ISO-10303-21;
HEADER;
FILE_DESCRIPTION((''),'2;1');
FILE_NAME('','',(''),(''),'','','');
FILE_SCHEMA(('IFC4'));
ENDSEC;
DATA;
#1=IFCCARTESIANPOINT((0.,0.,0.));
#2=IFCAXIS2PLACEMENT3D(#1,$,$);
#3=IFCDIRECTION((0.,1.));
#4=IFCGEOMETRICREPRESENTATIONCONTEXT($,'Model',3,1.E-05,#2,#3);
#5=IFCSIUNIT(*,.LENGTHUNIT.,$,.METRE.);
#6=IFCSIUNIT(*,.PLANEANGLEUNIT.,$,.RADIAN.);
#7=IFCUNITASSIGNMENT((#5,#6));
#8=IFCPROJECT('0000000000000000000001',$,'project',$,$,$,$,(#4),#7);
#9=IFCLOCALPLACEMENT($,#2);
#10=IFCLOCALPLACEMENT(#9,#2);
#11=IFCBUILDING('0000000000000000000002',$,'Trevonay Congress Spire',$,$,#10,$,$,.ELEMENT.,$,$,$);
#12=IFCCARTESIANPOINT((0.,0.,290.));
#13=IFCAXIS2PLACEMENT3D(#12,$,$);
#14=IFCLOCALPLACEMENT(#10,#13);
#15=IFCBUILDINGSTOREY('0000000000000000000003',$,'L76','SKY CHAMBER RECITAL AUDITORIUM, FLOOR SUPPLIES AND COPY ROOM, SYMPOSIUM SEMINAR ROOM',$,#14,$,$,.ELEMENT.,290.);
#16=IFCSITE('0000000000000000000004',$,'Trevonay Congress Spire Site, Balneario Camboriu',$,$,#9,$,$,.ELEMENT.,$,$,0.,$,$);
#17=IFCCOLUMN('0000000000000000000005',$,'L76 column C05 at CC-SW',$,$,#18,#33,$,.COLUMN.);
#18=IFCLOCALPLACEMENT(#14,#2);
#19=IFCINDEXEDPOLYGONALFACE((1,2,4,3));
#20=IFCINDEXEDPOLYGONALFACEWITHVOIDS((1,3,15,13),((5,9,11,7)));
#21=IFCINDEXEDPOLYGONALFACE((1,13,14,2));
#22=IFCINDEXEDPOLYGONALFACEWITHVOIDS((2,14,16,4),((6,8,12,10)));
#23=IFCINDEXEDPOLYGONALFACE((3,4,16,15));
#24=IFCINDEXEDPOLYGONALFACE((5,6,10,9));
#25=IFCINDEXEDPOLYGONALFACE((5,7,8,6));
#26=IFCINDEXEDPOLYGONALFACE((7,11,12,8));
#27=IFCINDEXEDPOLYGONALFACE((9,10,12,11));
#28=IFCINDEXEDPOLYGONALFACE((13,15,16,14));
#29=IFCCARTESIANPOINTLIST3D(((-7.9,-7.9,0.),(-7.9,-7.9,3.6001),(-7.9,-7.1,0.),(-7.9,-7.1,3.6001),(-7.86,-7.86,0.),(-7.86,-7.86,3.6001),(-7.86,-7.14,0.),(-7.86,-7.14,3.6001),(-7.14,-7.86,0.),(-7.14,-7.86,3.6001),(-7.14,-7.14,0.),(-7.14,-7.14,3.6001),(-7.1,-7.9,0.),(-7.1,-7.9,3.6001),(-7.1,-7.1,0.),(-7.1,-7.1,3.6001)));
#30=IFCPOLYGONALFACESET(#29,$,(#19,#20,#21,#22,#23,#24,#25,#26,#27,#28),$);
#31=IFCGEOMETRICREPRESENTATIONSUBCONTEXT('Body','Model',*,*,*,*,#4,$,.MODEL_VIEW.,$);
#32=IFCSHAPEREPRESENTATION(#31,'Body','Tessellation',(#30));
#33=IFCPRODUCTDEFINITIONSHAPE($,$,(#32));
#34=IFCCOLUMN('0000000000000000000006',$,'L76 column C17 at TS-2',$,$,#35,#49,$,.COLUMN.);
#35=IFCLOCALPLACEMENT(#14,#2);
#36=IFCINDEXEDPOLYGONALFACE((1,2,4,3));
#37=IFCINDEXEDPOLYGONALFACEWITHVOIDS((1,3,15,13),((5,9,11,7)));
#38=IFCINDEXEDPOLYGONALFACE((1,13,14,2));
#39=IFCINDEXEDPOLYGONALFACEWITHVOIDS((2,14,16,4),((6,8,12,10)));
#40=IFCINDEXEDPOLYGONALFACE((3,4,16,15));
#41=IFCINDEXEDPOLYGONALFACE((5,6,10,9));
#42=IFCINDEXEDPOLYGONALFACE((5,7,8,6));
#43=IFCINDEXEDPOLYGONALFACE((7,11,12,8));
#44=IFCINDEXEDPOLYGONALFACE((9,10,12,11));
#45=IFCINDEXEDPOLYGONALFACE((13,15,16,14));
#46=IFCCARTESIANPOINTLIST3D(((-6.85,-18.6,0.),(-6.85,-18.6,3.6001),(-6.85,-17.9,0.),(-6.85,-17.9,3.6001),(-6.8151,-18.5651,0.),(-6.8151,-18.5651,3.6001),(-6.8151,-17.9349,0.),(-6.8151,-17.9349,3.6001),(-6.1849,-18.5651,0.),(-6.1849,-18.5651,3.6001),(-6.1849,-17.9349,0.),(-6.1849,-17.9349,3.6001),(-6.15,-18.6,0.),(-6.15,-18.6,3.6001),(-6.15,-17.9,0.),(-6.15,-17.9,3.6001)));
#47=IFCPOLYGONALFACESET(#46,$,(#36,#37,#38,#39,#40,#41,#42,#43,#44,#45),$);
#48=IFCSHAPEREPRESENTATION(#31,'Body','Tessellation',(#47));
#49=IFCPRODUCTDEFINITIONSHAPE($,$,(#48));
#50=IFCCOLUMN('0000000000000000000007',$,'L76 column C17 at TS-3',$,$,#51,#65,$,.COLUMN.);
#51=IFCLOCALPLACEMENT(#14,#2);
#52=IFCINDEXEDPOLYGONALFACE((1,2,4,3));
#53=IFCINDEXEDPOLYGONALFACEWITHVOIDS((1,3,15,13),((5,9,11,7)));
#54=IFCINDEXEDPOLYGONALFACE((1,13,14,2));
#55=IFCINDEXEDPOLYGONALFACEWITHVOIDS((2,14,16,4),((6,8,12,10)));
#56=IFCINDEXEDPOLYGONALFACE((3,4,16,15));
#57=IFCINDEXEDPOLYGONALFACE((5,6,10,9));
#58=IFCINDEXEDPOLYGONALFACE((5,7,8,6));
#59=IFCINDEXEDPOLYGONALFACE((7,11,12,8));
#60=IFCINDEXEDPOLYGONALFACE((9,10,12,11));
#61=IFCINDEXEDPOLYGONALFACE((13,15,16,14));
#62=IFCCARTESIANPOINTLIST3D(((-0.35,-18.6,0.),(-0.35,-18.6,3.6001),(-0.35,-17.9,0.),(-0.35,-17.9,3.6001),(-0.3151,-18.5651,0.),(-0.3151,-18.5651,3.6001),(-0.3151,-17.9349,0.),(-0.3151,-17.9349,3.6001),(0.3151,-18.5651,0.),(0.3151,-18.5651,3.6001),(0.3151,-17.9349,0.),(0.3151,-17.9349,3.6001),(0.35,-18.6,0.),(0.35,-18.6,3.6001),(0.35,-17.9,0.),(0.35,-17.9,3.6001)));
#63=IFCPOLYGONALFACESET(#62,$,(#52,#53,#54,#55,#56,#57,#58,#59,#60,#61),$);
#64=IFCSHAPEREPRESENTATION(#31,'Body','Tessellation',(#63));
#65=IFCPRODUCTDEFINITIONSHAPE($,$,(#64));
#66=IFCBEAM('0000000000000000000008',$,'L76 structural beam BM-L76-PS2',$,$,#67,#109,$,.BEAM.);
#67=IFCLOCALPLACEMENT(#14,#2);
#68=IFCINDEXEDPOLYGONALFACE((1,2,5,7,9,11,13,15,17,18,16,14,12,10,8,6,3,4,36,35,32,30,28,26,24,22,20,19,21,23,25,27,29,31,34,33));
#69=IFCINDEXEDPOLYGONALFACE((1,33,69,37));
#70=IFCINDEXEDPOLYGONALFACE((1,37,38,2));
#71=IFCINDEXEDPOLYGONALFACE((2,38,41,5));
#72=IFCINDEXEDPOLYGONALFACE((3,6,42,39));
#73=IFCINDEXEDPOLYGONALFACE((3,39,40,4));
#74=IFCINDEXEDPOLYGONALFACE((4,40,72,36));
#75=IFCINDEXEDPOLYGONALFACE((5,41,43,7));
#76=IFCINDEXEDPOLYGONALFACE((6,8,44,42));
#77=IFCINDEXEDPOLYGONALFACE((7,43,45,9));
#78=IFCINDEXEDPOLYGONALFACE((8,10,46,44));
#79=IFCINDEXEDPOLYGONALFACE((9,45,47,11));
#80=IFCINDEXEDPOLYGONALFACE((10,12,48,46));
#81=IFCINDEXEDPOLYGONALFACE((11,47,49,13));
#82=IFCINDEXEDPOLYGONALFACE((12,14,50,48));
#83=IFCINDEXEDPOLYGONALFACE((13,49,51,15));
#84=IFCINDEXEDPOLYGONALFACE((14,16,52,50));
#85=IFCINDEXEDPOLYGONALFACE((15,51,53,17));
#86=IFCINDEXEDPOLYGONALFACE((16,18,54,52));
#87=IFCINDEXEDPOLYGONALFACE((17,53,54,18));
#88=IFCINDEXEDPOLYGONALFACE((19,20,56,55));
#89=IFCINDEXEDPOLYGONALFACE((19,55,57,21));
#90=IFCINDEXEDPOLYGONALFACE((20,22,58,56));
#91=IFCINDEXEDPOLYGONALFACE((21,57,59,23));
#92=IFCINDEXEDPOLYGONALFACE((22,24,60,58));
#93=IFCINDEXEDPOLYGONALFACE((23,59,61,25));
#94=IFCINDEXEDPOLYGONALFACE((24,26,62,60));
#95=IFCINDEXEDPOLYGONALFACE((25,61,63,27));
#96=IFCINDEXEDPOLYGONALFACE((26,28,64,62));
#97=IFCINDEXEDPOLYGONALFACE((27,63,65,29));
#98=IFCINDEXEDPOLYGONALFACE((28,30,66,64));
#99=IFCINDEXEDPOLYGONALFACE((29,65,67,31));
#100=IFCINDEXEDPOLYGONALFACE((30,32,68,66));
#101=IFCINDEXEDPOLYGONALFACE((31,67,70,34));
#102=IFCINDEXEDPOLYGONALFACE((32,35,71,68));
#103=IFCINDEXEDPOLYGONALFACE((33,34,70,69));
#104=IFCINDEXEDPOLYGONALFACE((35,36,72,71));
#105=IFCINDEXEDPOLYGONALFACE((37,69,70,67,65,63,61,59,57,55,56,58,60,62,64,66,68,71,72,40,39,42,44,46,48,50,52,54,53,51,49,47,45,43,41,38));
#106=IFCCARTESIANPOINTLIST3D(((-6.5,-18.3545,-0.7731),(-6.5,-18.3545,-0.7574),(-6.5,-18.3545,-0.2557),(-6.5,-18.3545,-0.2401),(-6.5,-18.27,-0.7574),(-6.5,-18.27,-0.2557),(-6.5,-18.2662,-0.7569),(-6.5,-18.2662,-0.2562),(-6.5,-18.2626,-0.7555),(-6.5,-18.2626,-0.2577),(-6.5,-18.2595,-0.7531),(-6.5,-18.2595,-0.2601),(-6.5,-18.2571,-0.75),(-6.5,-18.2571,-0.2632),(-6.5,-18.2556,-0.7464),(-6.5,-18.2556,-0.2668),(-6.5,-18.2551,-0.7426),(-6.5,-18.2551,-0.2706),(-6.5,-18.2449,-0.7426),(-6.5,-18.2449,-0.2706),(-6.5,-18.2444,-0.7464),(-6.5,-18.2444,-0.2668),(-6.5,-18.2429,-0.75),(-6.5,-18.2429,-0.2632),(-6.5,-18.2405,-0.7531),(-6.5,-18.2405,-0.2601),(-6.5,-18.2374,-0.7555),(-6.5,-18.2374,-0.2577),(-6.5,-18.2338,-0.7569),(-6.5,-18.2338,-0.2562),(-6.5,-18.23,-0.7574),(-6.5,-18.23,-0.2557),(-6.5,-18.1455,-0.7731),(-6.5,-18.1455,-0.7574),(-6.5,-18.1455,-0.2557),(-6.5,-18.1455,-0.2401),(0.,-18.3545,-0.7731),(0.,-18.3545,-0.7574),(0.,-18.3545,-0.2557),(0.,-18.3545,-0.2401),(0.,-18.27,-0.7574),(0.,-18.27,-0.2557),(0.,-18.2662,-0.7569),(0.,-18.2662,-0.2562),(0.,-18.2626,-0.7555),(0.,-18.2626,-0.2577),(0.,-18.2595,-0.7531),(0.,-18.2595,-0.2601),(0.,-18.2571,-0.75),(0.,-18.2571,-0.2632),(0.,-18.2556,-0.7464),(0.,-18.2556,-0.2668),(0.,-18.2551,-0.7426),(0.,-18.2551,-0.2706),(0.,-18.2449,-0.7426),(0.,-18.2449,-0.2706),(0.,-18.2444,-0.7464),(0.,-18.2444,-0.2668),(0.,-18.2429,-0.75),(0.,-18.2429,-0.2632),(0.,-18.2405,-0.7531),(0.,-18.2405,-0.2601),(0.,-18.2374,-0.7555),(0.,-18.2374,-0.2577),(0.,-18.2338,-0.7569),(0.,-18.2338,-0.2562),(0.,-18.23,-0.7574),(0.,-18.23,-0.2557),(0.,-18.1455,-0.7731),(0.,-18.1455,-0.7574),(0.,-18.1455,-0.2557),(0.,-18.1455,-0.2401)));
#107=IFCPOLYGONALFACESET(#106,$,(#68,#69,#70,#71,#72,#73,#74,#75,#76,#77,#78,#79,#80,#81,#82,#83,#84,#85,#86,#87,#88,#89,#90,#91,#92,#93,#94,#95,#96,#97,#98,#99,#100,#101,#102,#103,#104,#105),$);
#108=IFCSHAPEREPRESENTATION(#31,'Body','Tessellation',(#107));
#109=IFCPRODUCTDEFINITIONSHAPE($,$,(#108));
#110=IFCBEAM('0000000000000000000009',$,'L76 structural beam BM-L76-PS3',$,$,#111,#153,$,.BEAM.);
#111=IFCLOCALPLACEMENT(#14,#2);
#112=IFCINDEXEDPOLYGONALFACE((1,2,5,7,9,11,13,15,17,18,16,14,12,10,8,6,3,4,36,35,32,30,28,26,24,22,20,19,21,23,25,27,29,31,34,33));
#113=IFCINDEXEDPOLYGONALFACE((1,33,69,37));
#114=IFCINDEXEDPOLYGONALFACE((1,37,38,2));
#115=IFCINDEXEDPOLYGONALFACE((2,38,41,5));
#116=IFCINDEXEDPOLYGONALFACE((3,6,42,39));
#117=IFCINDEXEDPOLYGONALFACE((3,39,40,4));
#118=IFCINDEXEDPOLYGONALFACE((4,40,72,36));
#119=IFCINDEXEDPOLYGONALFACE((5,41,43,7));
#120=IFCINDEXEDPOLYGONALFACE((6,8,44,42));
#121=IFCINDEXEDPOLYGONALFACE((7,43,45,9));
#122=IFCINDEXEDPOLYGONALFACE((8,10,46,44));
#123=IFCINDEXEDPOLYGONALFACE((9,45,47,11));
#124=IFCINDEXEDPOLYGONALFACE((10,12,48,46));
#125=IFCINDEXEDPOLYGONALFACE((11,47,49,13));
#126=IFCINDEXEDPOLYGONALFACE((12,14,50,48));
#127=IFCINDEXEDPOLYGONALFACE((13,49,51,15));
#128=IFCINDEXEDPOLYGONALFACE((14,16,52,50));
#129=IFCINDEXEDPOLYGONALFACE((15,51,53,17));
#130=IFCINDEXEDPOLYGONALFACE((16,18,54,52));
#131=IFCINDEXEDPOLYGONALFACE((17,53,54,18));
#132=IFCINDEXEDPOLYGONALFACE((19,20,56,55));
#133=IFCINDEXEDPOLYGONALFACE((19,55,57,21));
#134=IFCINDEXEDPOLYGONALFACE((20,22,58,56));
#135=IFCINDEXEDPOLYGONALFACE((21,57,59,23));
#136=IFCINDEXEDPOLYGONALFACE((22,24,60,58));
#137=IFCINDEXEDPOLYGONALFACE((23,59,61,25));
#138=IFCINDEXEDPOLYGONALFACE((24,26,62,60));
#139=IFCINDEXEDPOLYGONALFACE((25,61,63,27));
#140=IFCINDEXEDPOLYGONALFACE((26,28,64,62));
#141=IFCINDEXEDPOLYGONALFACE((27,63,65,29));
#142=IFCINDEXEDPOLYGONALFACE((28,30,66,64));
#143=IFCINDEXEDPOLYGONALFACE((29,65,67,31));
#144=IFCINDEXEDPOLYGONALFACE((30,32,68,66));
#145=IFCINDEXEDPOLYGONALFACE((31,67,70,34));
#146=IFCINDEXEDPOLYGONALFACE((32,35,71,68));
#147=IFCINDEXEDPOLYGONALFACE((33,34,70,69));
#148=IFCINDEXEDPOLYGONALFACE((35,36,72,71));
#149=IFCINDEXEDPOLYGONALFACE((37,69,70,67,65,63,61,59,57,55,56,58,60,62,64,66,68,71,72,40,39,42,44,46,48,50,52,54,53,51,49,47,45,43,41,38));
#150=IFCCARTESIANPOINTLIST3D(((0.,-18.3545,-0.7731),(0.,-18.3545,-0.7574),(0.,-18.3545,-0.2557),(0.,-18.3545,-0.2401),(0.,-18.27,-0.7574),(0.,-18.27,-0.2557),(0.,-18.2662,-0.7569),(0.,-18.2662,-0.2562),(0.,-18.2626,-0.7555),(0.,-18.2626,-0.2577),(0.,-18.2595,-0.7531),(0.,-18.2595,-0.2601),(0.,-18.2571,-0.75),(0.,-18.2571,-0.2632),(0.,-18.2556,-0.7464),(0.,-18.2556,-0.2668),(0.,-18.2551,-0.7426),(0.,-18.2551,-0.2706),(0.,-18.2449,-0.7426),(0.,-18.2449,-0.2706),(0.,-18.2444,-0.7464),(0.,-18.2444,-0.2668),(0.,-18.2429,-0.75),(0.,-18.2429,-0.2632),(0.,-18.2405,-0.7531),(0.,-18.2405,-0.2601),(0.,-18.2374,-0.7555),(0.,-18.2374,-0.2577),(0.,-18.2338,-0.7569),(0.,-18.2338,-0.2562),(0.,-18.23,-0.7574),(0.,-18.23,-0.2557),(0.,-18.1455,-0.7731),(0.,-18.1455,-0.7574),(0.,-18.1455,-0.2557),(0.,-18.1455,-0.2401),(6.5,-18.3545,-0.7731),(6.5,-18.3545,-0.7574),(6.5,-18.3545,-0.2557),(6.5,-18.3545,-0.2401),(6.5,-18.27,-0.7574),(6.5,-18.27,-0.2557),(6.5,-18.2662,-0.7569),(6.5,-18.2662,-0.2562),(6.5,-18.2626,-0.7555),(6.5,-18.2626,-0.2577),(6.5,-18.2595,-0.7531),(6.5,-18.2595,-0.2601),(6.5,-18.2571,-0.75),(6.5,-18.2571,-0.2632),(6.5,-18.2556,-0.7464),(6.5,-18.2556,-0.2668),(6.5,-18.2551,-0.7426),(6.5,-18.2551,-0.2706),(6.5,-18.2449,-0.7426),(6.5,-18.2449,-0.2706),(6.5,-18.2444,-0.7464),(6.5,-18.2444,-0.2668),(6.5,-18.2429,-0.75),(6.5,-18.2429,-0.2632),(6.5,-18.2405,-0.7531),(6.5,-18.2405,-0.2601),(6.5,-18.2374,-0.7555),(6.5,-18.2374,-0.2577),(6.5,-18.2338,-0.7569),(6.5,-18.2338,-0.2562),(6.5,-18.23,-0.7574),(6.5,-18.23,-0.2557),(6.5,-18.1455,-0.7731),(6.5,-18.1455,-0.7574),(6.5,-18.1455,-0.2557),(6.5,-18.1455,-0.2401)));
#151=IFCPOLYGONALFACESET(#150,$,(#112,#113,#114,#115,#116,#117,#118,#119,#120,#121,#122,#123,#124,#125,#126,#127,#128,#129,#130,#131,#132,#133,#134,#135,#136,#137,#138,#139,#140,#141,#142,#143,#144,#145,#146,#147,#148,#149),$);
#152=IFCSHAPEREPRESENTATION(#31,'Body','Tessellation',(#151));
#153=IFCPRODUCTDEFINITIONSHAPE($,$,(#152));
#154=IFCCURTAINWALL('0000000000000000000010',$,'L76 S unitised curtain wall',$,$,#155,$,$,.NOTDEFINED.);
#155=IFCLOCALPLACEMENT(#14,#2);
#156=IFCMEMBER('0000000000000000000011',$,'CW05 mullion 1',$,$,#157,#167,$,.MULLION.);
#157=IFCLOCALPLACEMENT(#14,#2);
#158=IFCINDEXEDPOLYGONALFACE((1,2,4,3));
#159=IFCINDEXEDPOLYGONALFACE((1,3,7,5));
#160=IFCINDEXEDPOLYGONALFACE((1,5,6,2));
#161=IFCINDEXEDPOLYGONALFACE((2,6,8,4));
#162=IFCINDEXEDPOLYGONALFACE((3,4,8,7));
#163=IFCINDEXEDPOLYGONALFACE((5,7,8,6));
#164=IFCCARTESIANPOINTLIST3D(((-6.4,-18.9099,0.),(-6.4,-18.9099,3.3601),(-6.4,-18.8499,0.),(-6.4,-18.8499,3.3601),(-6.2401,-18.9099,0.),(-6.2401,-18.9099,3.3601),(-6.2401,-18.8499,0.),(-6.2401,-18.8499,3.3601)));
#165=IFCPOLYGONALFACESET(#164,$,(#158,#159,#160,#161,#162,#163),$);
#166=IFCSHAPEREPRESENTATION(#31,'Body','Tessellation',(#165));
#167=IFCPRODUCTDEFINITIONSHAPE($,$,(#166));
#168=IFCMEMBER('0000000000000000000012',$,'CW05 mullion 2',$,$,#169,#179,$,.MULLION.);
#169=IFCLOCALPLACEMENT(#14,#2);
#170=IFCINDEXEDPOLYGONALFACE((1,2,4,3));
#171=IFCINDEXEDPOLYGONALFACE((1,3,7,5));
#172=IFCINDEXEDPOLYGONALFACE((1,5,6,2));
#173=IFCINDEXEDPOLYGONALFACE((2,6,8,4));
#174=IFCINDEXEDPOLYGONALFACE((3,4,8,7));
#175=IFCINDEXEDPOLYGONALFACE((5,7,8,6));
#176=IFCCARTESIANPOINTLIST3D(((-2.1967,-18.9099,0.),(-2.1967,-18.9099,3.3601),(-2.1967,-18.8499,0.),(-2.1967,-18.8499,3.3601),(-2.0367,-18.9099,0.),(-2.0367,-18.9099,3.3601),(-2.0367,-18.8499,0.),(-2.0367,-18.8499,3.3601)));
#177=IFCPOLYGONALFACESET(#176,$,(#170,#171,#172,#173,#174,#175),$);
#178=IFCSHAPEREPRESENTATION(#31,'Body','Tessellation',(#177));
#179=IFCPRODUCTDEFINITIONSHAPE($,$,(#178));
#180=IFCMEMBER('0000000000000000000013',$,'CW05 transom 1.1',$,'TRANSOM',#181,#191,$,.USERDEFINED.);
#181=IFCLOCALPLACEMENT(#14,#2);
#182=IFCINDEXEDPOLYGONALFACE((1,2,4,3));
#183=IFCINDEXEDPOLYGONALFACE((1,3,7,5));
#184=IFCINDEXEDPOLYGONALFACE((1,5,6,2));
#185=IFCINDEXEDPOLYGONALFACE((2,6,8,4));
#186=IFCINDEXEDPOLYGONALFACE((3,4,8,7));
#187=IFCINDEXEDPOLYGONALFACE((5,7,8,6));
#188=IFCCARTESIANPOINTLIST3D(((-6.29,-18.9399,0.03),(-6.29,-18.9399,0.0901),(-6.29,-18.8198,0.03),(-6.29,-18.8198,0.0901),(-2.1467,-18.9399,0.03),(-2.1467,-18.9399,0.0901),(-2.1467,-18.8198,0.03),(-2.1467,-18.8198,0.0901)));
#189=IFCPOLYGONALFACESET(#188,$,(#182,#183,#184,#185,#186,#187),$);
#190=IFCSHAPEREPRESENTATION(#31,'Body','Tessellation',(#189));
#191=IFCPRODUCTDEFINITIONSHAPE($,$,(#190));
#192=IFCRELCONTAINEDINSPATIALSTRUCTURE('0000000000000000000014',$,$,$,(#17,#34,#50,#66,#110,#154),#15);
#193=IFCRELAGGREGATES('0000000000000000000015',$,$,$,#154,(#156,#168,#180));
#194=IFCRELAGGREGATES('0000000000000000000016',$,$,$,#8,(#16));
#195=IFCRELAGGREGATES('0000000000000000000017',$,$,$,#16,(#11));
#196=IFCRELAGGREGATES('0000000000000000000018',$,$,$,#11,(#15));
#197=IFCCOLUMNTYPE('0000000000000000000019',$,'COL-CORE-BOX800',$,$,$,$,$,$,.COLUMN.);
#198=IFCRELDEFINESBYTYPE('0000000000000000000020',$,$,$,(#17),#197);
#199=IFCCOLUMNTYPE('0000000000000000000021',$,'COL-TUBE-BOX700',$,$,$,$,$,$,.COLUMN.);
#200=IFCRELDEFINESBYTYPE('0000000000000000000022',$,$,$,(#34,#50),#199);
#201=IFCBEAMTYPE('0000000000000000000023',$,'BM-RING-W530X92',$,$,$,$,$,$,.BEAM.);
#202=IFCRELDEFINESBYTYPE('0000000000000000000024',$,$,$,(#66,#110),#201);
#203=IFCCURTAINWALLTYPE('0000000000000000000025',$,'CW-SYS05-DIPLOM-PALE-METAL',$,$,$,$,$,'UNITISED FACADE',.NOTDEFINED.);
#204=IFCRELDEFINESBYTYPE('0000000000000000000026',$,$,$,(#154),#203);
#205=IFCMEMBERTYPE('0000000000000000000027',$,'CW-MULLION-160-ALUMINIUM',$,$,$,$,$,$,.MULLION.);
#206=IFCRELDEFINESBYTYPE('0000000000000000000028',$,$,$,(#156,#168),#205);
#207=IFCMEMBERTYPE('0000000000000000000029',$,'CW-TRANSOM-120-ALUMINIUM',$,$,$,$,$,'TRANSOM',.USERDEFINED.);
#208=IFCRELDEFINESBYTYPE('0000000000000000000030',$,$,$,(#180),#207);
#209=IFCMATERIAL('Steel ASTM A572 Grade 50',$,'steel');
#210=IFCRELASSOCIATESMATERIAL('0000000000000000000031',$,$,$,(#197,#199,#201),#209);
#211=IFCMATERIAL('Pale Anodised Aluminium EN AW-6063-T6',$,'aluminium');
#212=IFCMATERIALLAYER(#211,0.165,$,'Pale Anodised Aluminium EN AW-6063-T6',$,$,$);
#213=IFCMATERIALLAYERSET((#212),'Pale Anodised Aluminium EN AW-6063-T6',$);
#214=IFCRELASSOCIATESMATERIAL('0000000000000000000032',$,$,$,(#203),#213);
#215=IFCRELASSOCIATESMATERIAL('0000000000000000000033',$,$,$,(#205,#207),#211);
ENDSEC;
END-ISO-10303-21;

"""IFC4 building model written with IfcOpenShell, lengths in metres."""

from ifc_helpers import new_model, si_unit, direction, frame, origin, origin_2d, place, context, subcontext, project, spatial, rectangle, hollow_rectangle, i_section, extrude, material, layer, layer_set, material_profile, profile_set, type_object, element, aggregate, save


model = new_model("IFC4")

# Units and contexts
model_context = context("Model", 3, precision=1e-05, world=origin(), true_north=direction((0.0, 1.0)))
body_context = subcontext(model_context, "Body", "Model", "MODEL_VIEW")
ifc_project = project(units=[si_unit("LENGTHUNIT", "METRE"), si_unit("PLANEANGLEUNIT", "RADIAN")], contexts=[model_context])

# Site, building, storey
site_placement = place(None, origin())
site = spatial("IfcSite", under=ifc_project, at=site_placement, Name="Trevonay Congress Spire Site, Balneario Camboriu", CompositionType="ELEMENT", RefElevation=0.0)
building_placement = place(site_placement, origin())
building = spatial("IfcBuilding", under=site, at=building_placement, Name="Trevonay Congress Spire", CompositionType="ELEMENT")
storey_placement = place(building_placement, frame((0.0, 0.0, 290.0)))
storey = spatial("IfcBuildingStorey", under=building, at=storey_placement, Name="L76", Description="SKY CHAMBER RECITAL AUDITORIUM, FLOOR SUPPLIES AND COPY ROOM, SYMPOSIUM SEMINAR ROOM", CompositionType="ELEMENT", Elevation=290.0)

# Columns
ifc_material_1 = material(Name="Steel ASTM A572 Grade 50", Category="steel")
ifc_material_profile_1 = material_profile(ifc_material_1, hollow_rectangle(XDim=0.8, YDim=0.8, WallThickness=0.04, at=origin_2d()), Name="BOX 800x800x40")
ifc_profile_set_1 = profile_set([ifc_material_profile_1], Name="Steel ASTM A572 Grade 50")
column_type_1 = type_object("IfcColumnType", Name="COL-CORE-BOX800", PredefinedType="COLUMN", material=ifc_profile_set_1)
column_placement = place(storey_placement, frame((-7.5, -7.5, 0.0), z_axis=(0.0, 0.0, 1.0), x_axis=(1.0, 0.0, 0.0)))
element("IfcColumn", 1, at=column_placement, inside=storey, type_object=column_type_1, Name="L76 column C05 at CC-SW", PredefinedType="COLUMN", context=body_context, shape_type="SweptSolid", body=[
    extrude(hollow_rectangle(XDim=0.8, YDim=0.8, WallThickness=0.04, at=origin_2d()), origin(), (0.0, 0.0, 1.0), 3.6001),
])
ifc_material_profile_2 = material_profile(ifc_material_1, hollow_rectangle(XDim=0.7, YDim=0.7, WallThickness=0.0349, at=origin_2d()), Name="BOX 700x700x35")
ifc_profile_set_2 = profile_set([ifc_material_profile_2], Name="Steel ASTM A572 Grade 50")
column_type_2 = type_object("IfcColumnType", Name="COL-TUBE-BOX700", PredefinedType="COLUMN", material=ifc_profile_set_2)
for number, where, z_axis, x_axis, name in (
    (2, (-6.5, -18.25, 0.0), (0.0, 0.0, 1.0), (1.0, 0.0, 0.0), "L76 column C17 at TS-2"),
    (3, (0.0, -18.25, 0.0), (0.0, 0.0, 1.0), (1.0, 0.0, 0.0), "L76 column C17 at TS-3"),
):
    element("IfcColumn", number, at=place(storey_placement, frame(where, z_axis=z_axis, x_axis=x_axis)), inside=storey, type_object=column_type_2, Name=name, PredefinedType="COLUMN", context=body_context, shape_type="SweptSolid", body=[
        extrude(hollow_rectangle(XDim=0.7, YDim=0.7, WallThickness=0.0349, at=origin_2d()), origin(), (0.0, 0.0, 1.0), 3.6001),
    ])

# Beams
ifc_material_profile_3 = material_profile(ifc_material_1, i_section(OverallWidth=0.209, OverallDepth=0.533, WebThickness=0.0103, FlangeThickness=0.0156, FilletRadius=0.0149, at=origin_2d()), Name="W530x92")
ifc_profile_set_3 = profile_set([ifc_material_profile_3], Name="Steel ASTM A572 Grade 50")
beam_type_1 = type_object("IfcBeamType", Name="BM-RING-W530X92", PredefinedType="BEAM", material=ifc_profile_set_3)
for number, where, z_axis, x_axis, name in (
    (4, (-6.5, -18.25, -0.5066), (1.0, 0.0, 0.0), (0.0, 1.0, 0.0), "L76 structural beam BM-L76-PS2"),
    (5, (0.0, -18.25, -0.5066), (1.0, 0.0, 0.0), (0.0, 1.0, 0.0), "L76 structural beam BM-L76-PS3"),
):
    element("IfcBeam", number, at=place(storey_placement, frame(where, z_axis=z_axis, x_axis=x_axis)), inside=storey, type_object=beam_type_1, Name=name, PredefinedType="BEAM", context=body_context, shape_type="SweptSolid", body=[
        extrude(i_section(OverallWidth=0.209, OverallDepth=0.533, WebThickness=0.0103, FlangeThickness=0.0156, FilletRadius=0.0149, at=origin_2d()), origin(), (0.0, 0.0, 1.0), 6.5),
    ])

# Curtain wall, members
ifc_material_2 = material(Name="Pale Anodised Aluminium EN AW-6063-T6", Category="aluminium")
ifc_layer_1 = layer(ifc_material_2, 0.165, Name="Pale Anodised Aluminium EN AW-6063-T6")
ifc_layer_set_1 = layer_set([ifc_layer_1], Name="Pale Anodised Aluminium EN AW-6063-T6")
curtain_wall_type = type_object("IfcCurtainWallType", Name="CW-SYS05-DIPLOM-PALE-METAL", ElementType="UNITISED FACADE", PredefinedType="NOTDEFINED", material=ifc_layer_set_1)
curtain_wall_placement = place(storey_placement, origin())
curtain_wall = element("IfcCurtainWall", 6, at=curtain_wall_placement, inside=storey, type_object=curtain_wall_type, Name="L76 S unitised curtain wall", PredefinedType="NOTDEFINED")
ifc_material_profile_4 = material_profile(ifc_material_2, rectangle(XDim=0.0601, YDim=0.1599, at=origin_2d()), Name="CW-MULLION-160-ALUMINIUM")
ifc_profile_set_4 = profile_set([ifc_material_profile_4], Name="Pale Anodised Aluminium EN AW-6063-T6")
member_type_1 = type_object("IfcMemberType", Name="CW-MULLION-160-ALUMINIUM", PredefinedType="MULLION", material=ifc_profile_set_4)
member_1_placement = place(storey_placement, frame((-6.3201, -18.8799, 0.0), z_axis=(0.0, 0.0, 1.0), x_axis=(0.0, 1.0, 0.0)))
member_1 = element("IfcMember", 7, at=member_1_placement, type_object=member_type_1, Name="CW05 mullion 1", PredefinedType="MULLION", context=body_context, shape_type="SweptSolid", body=[
    extrude(rectangle(XDim=0.0601, YDim=0.1599, at=origin_2d()), origin(), (0.0, 0.0, 1.0), 3.3601),
])
member_2_placement = place(storey_placement, frame((-2.1167, -18.8799, 0.0), z_axis=(0.0, 0.0, 1.0), x_axis=(0.0, 1.0, 0.0)))
member_2 = element("IfcMember", 8, at=member_2_placement, type_object=member_type_1, Name="CW05 mullion 2", PredefinedType="MULLION", context=body_context, shape_type="SweptSolid", body=[
    extrude(rectangle(XDim=0.0601, YDim=0.1599, at=origin_2d()), origin(), (0.0, 0.0, 1.0), 3.3601),
])
ifc_material_profile_5 = material_profile(ifc_material_2, rectangle(XDim=0.1201, YDim=0.0601, at=origin_2d()), Name="CW-TRANSOM-120-ALUMINIUM")
ifc_profile_set_5 = profile_set([ifc_material_profile_5], Name="Pale Anodised Aluminium EN AW-6063-T6")
member_type_2 = type_object("IfcMemberType", Name="CW-TRANSOM-120-ALUMINIUM", ElementType="TRANSOM", PredefinedType="USERDEFINED", material=ifc_profile_set_5)
member_3_placement = place(storey_placement, frame((-6.29, -18.8799, 0.0601), z_axis=(1.0, 0.0, 0.0), x_axis=(0.0, 1.0, 0.0)))
member_3 = element("IfcMember", 9, at=member_3_placement, type_object=member_type_2, Name="CW05 transom 1.1", ObjectType="TRANSOM", PredefinedType="USERDEFINED", context=body_context, shape_type="SweptSolid", body=[
    extrude(rectangle(XDim=0.1201, YDim=0.0601, at=origin_2d()), origin(), (0.0, 0.0, 1.0), 4.1433),
])

aggregate(curtain_wall, [member_1, member_2, member_3])

save(model, "model.ifc")
